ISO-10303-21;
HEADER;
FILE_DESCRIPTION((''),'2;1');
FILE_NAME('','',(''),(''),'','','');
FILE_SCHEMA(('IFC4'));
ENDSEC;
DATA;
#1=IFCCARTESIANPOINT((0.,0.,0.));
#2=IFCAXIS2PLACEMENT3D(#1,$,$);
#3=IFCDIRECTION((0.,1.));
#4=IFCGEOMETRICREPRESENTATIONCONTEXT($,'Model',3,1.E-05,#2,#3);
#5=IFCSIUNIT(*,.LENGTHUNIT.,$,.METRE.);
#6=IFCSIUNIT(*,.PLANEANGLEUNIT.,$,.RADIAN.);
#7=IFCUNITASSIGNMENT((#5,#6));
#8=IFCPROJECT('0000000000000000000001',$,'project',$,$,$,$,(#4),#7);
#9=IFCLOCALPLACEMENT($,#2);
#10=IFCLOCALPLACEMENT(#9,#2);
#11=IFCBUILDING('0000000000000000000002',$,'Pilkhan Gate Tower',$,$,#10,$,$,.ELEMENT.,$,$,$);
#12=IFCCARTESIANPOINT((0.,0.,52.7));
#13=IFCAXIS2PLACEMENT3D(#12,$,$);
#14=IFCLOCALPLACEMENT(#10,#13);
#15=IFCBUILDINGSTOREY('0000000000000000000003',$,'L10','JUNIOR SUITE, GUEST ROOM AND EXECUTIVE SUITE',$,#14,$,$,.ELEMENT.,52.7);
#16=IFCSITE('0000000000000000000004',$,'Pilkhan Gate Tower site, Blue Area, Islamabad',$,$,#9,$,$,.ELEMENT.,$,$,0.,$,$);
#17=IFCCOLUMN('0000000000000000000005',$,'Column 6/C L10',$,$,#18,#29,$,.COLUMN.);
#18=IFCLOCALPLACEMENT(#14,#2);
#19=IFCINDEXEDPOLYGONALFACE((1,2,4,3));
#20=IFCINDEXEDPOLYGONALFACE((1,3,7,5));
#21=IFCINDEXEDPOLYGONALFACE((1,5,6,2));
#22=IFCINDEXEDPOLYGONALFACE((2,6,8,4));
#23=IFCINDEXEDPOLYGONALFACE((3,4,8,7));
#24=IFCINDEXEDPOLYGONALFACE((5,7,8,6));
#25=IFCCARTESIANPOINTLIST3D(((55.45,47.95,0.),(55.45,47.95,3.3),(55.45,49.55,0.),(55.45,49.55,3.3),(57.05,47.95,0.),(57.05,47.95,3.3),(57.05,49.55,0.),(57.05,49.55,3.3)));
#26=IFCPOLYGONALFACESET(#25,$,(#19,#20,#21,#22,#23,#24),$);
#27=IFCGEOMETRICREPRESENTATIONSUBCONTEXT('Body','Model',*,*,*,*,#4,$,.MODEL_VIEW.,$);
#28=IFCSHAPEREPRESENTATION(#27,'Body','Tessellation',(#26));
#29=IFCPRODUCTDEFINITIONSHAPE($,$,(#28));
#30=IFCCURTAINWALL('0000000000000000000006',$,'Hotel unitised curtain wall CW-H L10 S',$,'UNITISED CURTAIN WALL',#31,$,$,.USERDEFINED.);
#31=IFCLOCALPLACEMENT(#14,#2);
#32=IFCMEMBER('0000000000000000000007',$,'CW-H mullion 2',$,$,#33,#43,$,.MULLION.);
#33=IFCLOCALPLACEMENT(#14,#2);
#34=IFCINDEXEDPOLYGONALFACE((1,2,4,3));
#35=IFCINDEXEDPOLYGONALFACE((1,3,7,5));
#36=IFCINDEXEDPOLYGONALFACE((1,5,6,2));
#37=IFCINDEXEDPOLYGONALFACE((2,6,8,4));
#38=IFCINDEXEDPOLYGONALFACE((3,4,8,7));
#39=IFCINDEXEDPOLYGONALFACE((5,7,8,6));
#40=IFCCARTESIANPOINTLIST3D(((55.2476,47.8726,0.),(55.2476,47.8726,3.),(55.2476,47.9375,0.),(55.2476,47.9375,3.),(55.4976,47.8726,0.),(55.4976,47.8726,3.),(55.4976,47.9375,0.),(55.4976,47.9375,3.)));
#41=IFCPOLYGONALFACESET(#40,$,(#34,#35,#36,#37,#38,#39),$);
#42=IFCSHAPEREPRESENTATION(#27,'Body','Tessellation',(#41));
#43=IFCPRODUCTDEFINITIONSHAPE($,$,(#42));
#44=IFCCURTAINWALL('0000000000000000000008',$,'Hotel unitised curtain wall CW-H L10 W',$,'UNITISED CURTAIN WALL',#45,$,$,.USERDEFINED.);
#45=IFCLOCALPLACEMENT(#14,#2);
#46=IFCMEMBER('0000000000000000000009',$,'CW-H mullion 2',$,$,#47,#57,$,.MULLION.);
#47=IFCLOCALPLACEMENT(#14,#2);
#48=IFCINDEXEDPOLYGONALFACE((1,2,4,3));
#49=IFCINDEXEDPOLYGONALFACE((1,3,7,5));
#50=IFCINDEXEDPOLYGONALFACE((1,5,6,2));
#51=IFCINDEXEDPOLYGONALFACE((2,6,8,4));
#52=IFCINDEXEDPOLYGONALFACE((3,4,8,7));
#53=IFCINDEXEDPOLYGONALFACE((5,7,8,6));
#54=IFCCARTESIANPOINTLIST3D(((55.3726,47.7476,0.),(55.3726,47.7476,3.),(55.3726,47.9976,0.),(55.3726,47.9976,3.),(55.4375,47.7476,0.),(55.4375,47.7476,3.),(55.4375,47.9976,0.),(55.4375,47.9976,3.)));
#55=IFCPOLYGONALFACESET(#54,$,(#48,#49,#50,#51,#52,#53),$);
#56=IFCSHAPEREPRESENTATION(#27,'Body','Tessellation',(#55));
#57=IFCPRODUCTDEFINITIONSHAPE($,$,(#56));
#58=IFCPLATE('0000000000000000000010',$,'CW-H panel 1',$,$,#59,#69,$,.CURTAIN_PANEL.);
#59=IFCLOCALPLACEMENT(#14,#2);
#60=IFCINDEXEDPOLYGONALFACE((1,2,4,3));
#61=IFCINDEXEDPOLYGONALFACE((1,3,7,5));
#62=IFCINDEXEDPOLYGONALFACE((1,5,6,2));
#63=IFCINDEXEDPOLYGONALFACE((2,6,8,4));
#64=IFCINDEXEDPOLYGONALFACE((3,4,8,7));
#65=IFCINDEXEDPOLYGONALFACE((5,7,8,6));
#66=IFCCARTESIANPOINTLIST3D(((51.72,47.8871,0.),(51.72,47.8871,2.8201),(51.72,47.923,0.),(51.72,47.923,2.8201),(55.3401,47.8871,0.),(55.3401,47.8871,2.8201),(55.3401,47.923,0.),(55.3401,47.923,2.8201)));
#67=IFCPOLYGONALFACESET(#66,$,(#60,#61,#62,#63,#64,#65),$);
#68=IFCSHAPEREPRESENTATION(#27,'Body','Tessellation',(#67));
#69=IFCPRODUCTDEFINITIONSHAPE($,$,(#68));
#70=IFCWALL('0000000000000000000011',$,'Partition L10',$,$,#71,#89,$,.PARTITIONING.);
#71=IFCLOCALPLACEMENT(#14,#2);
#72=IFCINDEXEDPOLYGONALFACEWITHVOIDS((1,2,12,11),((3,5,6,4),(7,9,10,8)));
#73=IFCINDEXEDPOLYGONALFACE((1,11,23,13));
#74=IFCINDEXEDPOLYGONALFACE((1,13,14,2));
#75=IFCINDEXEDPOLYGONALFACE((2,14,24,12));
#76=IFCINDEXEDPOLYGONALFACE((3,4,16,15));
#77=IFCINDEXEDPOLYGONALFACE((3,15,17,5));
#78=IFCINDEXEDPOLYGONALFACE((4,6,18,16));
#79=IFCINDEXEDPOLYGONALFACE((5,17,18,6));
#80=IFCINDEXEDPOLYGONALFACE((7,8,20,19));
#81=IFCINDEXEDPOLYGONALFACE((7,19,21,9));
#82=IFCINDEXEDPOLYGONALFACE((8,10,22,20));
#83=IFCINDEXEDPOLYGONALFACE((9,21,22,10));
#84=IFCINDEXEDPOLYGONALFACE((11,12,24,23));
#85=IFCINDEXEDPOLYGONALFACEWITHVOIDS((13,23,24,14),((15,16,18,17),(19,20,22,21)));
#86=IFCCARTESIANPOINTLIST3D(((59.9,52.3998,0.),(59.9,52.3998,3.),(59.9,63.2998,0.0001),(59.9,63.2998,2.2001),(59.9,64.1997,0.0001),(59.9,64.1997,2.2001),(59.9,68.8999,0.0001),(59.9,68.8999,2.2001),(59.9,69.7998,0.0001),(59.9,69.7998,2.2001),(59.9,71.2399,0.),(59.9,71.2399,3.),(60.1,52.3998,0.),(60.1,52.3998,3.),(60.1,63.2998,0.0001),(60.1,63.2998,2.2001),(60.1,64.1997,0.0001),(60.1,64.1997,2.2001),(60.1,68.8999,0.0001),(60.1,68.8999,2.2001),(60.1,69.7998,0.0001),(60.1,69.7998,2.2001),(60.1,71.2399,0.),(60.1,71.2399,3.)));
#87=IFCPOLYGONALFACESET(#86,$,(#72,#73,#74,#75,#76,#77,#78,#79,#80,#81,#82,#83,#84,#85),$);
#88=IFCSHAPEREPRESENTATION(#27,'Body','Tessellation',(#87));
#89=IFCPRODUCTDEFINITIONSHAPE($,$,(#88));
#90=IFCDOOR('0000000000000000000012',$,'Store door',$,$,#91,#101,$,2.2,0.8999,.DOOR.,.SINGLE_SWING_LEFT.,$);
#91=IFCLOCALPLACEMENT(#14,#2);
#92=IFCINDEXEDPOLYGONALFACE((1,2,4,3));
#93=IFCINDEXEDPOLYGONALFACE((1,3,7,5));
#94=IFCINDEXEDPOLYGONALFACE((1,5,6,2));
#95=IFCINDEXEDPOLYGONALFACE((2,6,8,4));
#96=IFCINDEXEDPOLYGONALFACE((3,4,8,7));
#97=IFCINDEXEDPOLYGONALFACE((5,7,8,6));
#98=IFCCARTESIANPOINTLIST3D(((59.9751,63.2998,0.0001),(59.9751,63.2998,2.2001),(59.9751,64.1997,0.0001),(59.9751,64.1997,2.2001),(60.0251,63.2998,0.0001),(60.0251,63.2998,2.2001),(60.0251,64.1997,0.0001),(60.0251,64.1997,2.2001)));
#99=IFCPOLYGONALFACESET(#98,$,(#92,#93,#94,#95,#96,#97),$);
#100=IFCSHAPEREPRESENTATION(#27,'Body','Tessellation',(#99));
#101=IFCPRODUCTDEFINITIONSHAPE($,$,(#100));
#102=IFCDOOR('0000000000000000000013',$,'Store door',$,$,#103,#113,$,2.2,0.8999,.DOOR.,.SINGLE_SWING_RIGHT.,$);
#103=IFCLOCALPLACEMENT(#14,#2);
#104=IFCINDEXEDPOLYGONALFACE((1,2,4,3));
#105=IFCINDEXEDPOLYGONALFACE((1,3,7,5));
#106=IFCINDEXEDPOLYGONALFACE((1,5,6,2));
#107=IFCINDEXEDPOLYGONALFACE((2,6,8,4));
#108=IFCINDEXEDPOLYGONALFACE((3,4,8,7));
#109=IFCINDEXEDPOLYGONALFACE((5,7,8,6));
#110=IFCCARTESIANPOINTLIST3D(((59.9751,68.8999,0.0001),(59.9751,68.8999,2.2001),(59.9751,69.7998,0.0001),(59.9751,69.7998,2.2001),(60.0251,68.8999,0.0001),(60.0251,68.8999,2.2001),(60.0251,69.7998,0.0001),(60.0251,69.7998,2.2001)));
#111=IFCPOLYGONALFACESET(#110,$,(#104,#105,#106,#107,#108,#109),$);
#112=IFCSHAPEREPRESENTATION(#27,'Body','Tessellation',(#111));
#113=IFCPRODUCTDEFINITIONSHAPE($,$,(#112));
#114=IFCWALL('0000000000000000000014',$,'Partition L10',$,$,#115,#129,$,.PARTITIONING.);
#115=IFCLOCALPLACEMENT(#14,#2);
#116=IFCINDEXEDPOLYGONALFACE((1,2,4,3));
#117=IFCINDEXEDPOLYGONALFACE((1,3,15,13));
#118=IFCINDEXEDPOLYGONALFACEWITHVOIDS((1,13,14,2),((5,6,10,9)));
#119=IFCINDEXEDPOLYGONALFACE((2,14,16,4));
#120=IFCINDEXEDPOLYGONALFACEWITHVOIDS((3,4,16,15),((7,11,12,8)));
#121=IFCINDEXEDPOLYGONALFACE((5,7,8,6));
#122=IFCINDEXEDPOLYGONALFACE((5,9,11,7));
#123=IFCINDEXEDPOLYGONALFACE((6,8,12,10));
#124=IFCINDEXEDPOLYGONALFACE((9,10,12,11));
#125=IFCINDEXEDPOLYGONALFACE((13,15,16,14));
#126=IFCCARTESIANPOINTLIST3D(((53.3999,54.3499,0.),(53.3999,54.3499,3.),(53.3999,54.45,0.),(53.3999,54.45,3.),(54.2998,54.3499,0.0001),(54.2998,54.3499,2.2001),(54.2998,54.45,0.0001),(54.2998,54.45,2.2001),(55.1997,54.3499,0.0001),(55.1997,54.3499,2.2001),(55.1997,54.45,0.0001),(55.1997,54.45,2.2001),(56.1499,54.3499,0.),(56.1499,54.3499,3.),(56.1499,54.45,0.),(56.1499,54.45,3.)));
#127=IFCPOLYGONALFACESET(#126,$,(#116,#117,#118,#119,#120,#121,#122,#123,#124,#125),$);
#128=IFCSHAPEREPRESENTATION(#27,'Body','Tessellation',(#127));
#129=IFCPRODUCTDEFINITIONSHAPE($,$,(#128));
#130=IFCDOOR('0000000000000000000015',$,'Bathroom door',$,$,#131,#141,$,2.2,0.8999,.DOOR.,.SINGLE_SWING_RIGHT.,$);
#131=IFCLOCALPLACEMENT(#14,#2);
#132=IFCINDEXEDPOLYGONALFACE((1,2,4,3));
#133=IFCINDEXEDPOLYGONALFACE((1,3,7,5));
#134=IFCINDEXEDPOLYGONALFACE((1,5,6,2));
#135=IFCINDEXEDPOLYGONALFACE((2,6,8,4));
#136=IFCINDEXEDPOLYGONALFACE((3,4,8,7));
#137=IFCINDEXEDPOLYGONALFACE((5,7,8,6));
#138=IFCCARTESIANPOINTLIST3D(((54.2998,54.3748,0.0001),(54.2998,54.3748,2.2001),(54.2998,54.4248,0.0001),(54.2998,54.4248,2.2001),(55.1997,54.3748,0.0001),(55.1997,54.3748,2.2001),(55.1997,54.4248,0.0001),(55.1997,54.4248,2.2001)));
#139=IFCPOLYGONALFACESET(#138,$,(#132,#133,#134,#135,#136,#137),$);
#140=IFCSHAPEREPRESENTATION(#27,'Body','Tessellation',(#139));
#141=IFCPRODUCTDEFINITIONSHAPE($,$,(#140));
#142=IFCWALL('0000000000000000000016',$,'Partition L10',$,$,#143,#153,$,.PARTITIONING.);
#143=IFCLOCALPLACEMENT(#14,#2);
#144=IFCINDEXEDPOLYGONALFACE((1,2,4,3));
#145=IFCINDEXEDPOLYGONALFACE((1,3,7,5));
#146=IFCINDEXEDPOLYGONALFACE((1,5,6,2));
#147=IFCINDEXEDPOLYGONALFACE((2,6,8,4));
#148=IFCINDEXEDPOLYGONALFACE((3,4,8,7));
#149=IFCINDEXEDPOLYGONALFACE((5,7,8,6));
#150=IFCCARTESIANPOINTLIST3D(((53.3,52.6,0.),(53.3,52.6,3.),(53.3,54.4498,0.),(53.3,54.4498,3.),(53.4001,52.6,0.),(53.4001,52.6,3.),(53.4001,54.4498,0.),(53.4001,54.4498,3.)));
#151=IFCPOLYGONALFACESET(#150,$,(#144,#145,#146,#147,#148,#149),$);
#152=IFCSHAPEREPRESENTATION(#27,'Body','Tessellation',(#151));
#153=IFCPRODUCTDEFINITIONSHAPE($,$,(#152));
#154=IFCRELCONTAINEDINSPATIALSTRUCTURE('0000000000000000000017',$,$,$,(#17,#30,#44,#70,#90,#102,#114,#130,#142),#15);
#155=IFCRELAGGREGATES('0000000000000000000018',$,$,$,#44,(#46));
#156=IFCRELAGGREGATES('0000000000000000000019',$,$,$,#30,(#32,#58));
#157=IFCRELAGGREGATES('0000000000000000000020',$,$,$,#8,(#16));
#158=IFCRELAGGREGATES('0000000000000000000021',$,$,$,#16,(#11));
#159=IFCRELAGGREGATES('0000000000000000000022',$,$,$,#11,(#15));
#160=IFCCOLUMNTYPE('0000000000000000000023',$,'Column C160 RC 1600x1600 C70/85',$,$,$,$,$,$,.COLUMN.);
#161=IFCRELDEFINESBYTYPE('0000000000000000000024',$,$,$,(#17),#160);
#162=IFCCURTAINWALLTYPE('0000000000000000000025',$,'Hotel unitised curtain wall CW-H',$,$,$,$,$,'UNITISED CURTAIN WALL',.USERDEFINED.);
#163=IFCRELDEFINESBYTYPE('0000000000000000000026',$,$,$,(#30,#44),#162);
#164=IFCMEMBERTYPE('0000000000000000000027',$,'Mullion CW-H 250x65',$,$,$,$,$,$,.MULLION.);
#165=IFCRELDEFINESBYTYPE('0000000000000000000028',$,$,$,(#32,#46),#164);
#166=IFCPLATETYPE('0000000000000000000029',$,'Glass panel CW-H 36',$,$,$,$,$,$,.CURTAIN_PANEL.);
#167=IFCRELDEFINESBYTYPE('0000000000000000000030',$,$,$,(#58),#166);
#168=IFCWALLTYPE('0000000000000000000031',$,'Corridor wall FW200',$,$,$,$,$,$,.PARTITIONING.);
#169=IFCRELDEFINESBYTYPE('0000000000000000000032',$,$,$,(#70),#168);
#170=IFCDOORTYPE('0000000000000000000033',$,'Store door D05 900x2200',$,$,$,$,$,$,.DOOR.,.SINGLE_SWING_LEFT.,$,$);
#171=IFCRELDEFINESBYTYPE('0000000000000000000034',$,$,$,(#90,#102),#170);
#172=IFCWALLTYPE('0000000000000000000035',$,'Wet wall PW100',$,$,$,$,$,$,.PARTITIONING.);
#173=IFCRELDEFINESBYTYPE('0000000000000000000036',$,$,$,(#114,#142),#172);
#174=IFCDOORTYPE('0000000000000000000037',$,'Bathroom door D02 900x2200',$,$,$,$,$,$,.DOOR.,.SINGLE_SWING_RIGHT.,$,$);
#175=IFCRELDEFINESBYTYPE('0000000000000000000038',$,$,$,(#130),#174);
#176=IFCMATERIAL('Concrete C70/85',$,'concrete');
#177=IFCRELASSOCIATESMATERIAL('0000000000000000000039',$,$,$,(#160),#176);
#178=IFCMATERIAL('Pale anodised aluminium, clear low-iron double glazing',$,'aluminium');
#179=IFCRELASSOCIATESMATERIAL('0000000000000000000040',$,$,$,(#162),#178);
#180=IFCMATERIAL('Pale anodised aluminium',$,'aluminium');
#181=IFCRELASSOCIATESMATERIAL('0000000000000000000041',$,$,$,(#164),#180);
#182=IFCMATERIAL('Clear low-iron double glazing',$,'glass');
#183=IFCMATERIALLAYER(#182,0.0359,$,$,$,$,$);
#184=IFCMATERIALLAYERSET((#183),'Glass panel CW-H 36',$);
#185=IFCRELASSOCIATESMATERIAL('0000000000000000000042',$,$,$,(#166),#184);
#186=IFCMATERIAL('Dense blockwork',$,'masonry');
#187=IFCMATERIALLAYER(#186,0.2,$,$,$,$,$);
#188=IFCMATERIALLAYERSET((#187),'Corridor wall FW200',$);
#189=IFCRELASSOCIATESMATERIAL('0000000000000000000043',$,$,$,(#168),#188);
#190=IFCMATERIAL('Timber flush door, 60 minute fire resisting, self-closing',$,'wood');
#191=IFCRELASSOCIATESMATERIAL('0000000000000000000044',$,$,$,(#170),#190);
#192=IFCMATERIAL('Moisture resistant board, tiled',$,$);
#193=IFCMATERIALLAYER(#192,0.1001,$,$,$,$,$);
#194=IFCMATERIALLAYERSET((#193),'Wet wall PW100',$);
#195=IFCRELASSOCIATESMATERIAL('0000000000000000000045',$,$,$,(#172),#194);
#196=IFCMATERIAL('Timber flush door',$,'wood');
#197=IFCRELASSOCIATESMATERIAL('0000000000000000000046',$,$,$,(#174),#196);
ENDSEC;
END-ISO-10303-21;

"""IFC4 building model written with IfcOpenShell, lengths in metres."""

from ifc_helpers import new_model, si_unit, direction, frame, frame_2d, origin, origin_2d, place, context, subcontext, project, spatial, rectangle, extrude, material, layer, layer_set, material_profile, profile_set, type_object, element, fill, aggregate, save


model = new_model("IFC4")

# Units and contexts
model_context = context("Model", 3, precision=1e-05, world=origin(), true_north=direction((0.0, 1.0)))
body_context = subcontext(model_context, "Body", "Model", "MODEL_VIEW")
ifc_project = project(units=[si_unit("LENGTHUNIT", "METRE"), si_unit("PLANEANGLEUNIT", "RADIAN")], contexts=[model_context])

# Site, building, storey
site_placement = place(None, origin())
site = spatial("IfcSite", under=ifc_project, at=site_placement, Name="Pilkhan Gate Tower site, Blue Area, Islamabad", CompositionType="ELEMENT", RefElevation=0.0)
building_placement = place(site_placement, origin())
building = spatial("IfcBuilding", under=site, at=building_placement, Name="Pilkhan Gate Tower", CompositionType="ELEMENT")
storey_placement = place(building_placement, frame((0.0, 0.0, 52.7)))
storey = spatial("IfcBuildingStorey", under=building, at=storey_placement, Name="L10", Description="JUNIOR SUITE, GUEST ROOM AND EXECUTIVE SUITE", CompositionType="ELEMENT", Elevation=52.7)

# Column
ifc_material_1 = material(Name="Concrete C70/85", Category="concrete")
ifc_material_profile_1 = material_profile(ifc_material_1, rectangle(XDim=1.6001, YDim=1.6001, at=origin_2d()), Name="RC 1600x1600")
ifc_profile_set_1 = profile_set([ifc_material_profile_1], Name="Concrete C70/85")
column_type = type_object("IfcColumnType", Name="Column C160 RC 1600x1600 C70/85", PredefinedType="COLUMN", material=ifc_profile_set_1)
column_placement = place(storey_placement, frame((56.25, 48.75, 0.0), z_axis=(0.0, 0.0, 1.0), x_axis=(1.0, 0.0, 0.0)))
element("IfcColumn", 1, at=column_placement, inside=storey, type_object=column_type, Name="Column 6/C L10", PredefinedType="COLUMN", context=body_context, shape_type="SweptSolid", body=[
    extrude(rectangle(XDim=1.6001, YDim=1.6001, at=origin_2d()), origin(), (0.0, 0.0, 1.0), 3.3),
])

# Curtain walls, members
ifc_material_2 = material(Name="Pale anodised aluminium, clear low-iron double glazing", Category="aluminium")
curtain_wall_type = type_object("IfcCurtainWallType", Name="Hotel unitised curtain wall CW-H", ElementType="UNITISED CURTAIN WALL", PredefinedType="USERDEFINED", material=ifc_material_2)
curtain_wall_1_placement = place(storey_placement, origin())
curtain_wall_1 = element("IfcCurtainWall", 2, at=curtain_wall_1_placement, inside=storey, type_object=curtain_wall_type, Name="Hotel unitised curtain wall CW-H L10 S", ObjectType="UNITISED CURTAIN WALL", PredefinedType="USERDEFINED")
ifc_material_3 = material(Name="Pale anodised aluminium", Category="aluminium")
ifc_material_profile_2 = material_profile(ifc_material_3, rectangle(XDim=0.0649, YDim=0.25, at=origin_2d()), Name="Mullion 250x65")
ifc_profile_set_2 = profile_set([ifc_material_profile_2], Name="Pale anodised aluminium")
member_type = type_object("IfcMemberType", Name="Mullion CW-H 250x65", PredefinedType="MULLION", material=ifc_profile_set_2)
member_1_placement = place(storey_placement, frame((55.3726, 47.905, 0.0), z_axis=(0.0, 0.0, 1.0), x_axis=(0.0, 1.0, 0.0)))
member_1 = element("IfcMember", 3, at=member_1_placement, type_object=member_type, Name="CW-H mullion 2", PredefinedType="MULLION", context=body_context, shape_type="SweptSolid", body=[
    extrude(rectangle(XDim=0.0649, YDim=0.25, at=origin_2d()), origin(), (0.0, 0.0, 1.0), 3.0),
])
curtain_wall_2_placement = place(storey_placement, origin())
curtain_wall_2 = element("IfcCurtainWall", 4, at=curtain_wall_2_placement, inside=storey, type_object=curtain_wall_type, Name="Hotel unitised curtain wall CW-H L10 W", ObjectType="UNITISED CURTAIN WALL", PredefinedType="USERDEFINED")
member_2_placement = place(storey_placement, frame((55.405, 47.8726, 0.0), z_axis=(0.0, 0.0, 1.0), x_axis=(-1.0, 0.0, 0.0)))
member_2 = element("IfcMember", 5, at=member_2_placement, type_object=member_type, Name="CW-H mullion 2", PredefinedType="MULLION", context=body_context, shape_type="SweptSolid", body=[
    extrude(rectangle(XDim=0.0649, YDim=0.25, at=origin_2d()), origin(), (0.0, 0.0, 1.0), 3.0),
])
aggregate(curtain_wall_2, [member_2])

# Plate
ifc_material_4 = material(Name="Clear low-iron double glazing", Category="glass")
ifc_layer_1 = layer(ifc_material_4, 0.0359)
ifc_layer_set_1 = layer_set([ifc_layer_1], Name="Glass panel CW-H 36")
plate_type = type_object("IfcPlateType", Name="Glass panel CW-H 36", PredefinedType="CURTAIN_PANEL", material=ifc_layer_set_1)
plate_placement = place(storey_placement, frame((53.53, 47.905, 0.0), z_axis=(0.0, 0.0, 1.0), x_axis=(1.0, 0.0, 0.0)))
plate = element("IfcPlate", 6, at=plate_placement, type_object=plate_type, Name="CW-H panel 1", PredefinedType="CURTAIN_PANEL", context=body_context, shape_type="SweptSolid", body=[
    extrude(rectangle(XDim=3.6201, YDim=0.0359, at=origin_2d()), origin(), (0.0, 0.0, 1.0), 2.8201),
])
aggregate(curtain_wall_1, [member_1, plate])

# Wall, openings, doors
ifc_material_5 = material(Name="Dense blockwork", Category="masonry")
ifc_layer_2 = layer(ifc_material_5, 0.2)
ifc_layer_set_2 = layer_set([ifc_layer_2], Name="Corridor wall FW200")
wall_type_1 = type_object("IfcWallType", Name="Corridor wall FW200", PredefinedType="PARTITIONING", material=ifc_layer_set_2)
ifc_material_6 = material(Name="Timber flush door, 60 minute fire resisting, self-closing", Category="wood")
door_type_1 = type_object("IfcDoorType", Name="Store door D05 900x2200", OperationType="SINGLE_SWING_LEFT", PredefinedType="DOOR", material=ifc_material_6)
wall_1_placement = place(storey_placement, frame((60.0, 52.3999, 0.0), z_axis=(0.0, 0.0, 1.0), x_axis=(0.0, 1.0, 0.0)))
wall_1 = element("IfcWall", 7, at=wall_1_placement, inside=storey, type_object=wall_type_1, Name="Partition L10", PredefinedType="PARTITIONING", context=body_context, shape_type="SweptSolid", body=[
    extrude(rectangle(XDim=18.8401, YDim=0.2, at=frame_2d((9.4199, 0.0))), origin(), (0.0, 0.0, 1.0), 3.0),
])
opening_1_placement = place(wall_1_placement, frame((10.8999, 0.0, 0.0)))
opening_1 = element("IfcOpeningElement", 8, at=opening_1_placement, cuts=wall_1, PredefinedType="OPENING", context=body_context, shape_type="SweptSolid", body=[
    extrude(rectangle(XDim=0.8999, YDim=2.2, at=frame_2d((0.45, 1.1001))), frame((0.0, 0.1099, 0.0), z_axis=(0.0, -1.0, 0.0), x_axis=(1.0, 0.0, 0.0)), (0.0, 0.0, 1.0), 0.22),
])
opening_2_placement = place(wall_1_placement, frame((16.5, 0.0, 0.0)))
opening_2 = element("IfcOpeningElement", 9, at=opening_2_placement, cuts=wall_1, PredefinedType="OPENING", context=body_context, shape_type="SweptSolid", body=[
    extrude(rectangle(XDim=0.8999, YDim=2.2, at=frame_2d((0.45, 1.1001))), frame((0.0, 0.1099, 0.0), z_axis=(0.0, -1.0, 0.0), x_axis=(1.0, 0.0, 0.0)), (0.0, 0.0, 1.0), 0.22),
])
door_1_placement = place(opening_1_placement, origin())
door_1 = element("IfcDoor", 10, at=door_1_placement, inside=storey, type_object=door_type_1, Name="Store door", OperationType="SINGLE_SWING_LEFT", OverallHeight=2.2, OverallWidth=0.8999, PredefinedType="DOOR", context=body_context, shape_type="SweptSolid", body=[
    extrude(rectangle(XDim=0.8999, YDim=2.2, at=frame_2d((0.45, 1.1001))), frame((0.0, 0.0249, 0.0), z_axis=(0.0, -1.0, 0.0), x_axis=(1.0, 0.0, 0.0)), (0.0, 0.0, 1.0), 0.05),
])
fill(opening_1, door_1)
door_2_placement = place(opening_2_placement, origin())
door_2 = element("IfcDoor", 11, at=door_2_placement, inside=storey, type_object=door_type_1, Name="Store door", OperationType="SINGLE_SWING_RIGHT", OverallHeight=2.2, OverallWidth=0.8999, PredefinedType="DOOR", context=body_context, shape_type="SweptSolid", body=[
    extrude(rectangle(XDim=0.8999, YDim=2.2, at=frame_2d((0.45, 1.1001))), frame((0.0, 0.0249, 0.0), z_axis=(0.0, -1.0, 0.0), x_axis=(1.0, 0.0, 0.0)), (0.0, 0.0, 1.0), 0.05),
])
fill(opening_2, door_2)

# Wall, opening, door
ifc_material_7 = material(Name="Moisture resistant board, tiled")
ifc_layer_3 = layer(ifc_material_7, 0.1001)
ifc_layer_set_3 = layer_set([ifc_layer_3], Name="Wet wall PW100")
wall_type_2 = type_object("IfcWallType", Name="Wet wall PW100", PredefinedType="PARTITIONING", material=ifc_layer_set_3)
wall_2_placement = place(storey_placement, frame((53.3999, 54.3999, 0.0), z_axis=(0.0, 0.0, 1.0), x_axis=(1.0, 0.0, 0.0)))
wall_2 = element("IfcWall", 12, at=wall_2_placement, inside=storey, type_object=wall_type_2, Name="Partition L10", PredefinedType="PARTITIONING", context=body_context, shape_type="SweptSolid", body=[
    extrude(rectangle(XDim=2.75, YDim=0.1001, at=frame_2d((1.375, 0.0))), origin(), (0.0, 0.0, 1.0), 3.0),
])
opening_3_placement = place(wall_2_placement, frame((0.8999, 0.0, 0.0)))
opening_3 = element("IfcOpeningElement", 13, at=opening_3_placement, cuts=wall_2, PredefinedType="OPENING", context=body_context, shape_type="SweptSolid", body=[
    extrude(rectangle(XDim=0.8999, YDim=2.2, at=frame_2d((0.45, 1.1001))), frame((0.0, 0.0601, 0.0), z_axis=(0.0, -1.0, 0.0), x_axis=(1.0, 0.0, 0.0)), (0.0, 0.0, 1.0), 0.1201),
])
ifc_material_8 = material(Name="Timber flush door", Category="wood")
door_type_2 = type_object("IfcDoorType", Name="Bathroom door D02 900x2200", OperationType="SINGLE_SWING_RIGHT", PredefinedType="DOOR", material=ifc_material_8)
door_3_placement = place(opening_3_placement, origin())
door_3 = element("IfcDoor", 14, at=door_3_placement, inside=storey, type_object=door_type_2, Name="Bathroom door", OperationType="SINGLE_SWING_RIGHT", OverallHeight=2.2, OverallWidth=0.8999, PredefinedType="DOOR", context=body_context, shape_type="SweptSolid", body=[
    extrude(rectangle(XDim=0.8999, YDim=2.2, at=frame_2d((0.45, 1.1001))), frame((0.0, 0.0249, 0.0), z_axis=(0.0, -1.0, 0.0), x_axis=(1.0, 0.0, 0.0)), (0.0, 0.0, 1.0), 0.05),
])
fill(opening_3, door_3)

# Wall
wall_3_placement = place(storey_placement, frame((53.3501, 52.6001, 0.0), z_axis=(0.0, 0.0, 1.0), x_axis=(0.0, 1.0, 0.0)))
element("IfcWall", 15, at=wall_3_placement, inside=storey, type_object=wall_type_2, Name="Partition L10", PredefinedType="PARTITIONING", context=body_context, shape_type="SweptSolid", body=[
    extrude(rectangle(XDim=1.8499, YDim=0.1001, at=frame_2d((0.9248, 0.0))), origin(), (0.0, 0.0, 1.0), 3.0),
])

save(model, "model.ifc")
